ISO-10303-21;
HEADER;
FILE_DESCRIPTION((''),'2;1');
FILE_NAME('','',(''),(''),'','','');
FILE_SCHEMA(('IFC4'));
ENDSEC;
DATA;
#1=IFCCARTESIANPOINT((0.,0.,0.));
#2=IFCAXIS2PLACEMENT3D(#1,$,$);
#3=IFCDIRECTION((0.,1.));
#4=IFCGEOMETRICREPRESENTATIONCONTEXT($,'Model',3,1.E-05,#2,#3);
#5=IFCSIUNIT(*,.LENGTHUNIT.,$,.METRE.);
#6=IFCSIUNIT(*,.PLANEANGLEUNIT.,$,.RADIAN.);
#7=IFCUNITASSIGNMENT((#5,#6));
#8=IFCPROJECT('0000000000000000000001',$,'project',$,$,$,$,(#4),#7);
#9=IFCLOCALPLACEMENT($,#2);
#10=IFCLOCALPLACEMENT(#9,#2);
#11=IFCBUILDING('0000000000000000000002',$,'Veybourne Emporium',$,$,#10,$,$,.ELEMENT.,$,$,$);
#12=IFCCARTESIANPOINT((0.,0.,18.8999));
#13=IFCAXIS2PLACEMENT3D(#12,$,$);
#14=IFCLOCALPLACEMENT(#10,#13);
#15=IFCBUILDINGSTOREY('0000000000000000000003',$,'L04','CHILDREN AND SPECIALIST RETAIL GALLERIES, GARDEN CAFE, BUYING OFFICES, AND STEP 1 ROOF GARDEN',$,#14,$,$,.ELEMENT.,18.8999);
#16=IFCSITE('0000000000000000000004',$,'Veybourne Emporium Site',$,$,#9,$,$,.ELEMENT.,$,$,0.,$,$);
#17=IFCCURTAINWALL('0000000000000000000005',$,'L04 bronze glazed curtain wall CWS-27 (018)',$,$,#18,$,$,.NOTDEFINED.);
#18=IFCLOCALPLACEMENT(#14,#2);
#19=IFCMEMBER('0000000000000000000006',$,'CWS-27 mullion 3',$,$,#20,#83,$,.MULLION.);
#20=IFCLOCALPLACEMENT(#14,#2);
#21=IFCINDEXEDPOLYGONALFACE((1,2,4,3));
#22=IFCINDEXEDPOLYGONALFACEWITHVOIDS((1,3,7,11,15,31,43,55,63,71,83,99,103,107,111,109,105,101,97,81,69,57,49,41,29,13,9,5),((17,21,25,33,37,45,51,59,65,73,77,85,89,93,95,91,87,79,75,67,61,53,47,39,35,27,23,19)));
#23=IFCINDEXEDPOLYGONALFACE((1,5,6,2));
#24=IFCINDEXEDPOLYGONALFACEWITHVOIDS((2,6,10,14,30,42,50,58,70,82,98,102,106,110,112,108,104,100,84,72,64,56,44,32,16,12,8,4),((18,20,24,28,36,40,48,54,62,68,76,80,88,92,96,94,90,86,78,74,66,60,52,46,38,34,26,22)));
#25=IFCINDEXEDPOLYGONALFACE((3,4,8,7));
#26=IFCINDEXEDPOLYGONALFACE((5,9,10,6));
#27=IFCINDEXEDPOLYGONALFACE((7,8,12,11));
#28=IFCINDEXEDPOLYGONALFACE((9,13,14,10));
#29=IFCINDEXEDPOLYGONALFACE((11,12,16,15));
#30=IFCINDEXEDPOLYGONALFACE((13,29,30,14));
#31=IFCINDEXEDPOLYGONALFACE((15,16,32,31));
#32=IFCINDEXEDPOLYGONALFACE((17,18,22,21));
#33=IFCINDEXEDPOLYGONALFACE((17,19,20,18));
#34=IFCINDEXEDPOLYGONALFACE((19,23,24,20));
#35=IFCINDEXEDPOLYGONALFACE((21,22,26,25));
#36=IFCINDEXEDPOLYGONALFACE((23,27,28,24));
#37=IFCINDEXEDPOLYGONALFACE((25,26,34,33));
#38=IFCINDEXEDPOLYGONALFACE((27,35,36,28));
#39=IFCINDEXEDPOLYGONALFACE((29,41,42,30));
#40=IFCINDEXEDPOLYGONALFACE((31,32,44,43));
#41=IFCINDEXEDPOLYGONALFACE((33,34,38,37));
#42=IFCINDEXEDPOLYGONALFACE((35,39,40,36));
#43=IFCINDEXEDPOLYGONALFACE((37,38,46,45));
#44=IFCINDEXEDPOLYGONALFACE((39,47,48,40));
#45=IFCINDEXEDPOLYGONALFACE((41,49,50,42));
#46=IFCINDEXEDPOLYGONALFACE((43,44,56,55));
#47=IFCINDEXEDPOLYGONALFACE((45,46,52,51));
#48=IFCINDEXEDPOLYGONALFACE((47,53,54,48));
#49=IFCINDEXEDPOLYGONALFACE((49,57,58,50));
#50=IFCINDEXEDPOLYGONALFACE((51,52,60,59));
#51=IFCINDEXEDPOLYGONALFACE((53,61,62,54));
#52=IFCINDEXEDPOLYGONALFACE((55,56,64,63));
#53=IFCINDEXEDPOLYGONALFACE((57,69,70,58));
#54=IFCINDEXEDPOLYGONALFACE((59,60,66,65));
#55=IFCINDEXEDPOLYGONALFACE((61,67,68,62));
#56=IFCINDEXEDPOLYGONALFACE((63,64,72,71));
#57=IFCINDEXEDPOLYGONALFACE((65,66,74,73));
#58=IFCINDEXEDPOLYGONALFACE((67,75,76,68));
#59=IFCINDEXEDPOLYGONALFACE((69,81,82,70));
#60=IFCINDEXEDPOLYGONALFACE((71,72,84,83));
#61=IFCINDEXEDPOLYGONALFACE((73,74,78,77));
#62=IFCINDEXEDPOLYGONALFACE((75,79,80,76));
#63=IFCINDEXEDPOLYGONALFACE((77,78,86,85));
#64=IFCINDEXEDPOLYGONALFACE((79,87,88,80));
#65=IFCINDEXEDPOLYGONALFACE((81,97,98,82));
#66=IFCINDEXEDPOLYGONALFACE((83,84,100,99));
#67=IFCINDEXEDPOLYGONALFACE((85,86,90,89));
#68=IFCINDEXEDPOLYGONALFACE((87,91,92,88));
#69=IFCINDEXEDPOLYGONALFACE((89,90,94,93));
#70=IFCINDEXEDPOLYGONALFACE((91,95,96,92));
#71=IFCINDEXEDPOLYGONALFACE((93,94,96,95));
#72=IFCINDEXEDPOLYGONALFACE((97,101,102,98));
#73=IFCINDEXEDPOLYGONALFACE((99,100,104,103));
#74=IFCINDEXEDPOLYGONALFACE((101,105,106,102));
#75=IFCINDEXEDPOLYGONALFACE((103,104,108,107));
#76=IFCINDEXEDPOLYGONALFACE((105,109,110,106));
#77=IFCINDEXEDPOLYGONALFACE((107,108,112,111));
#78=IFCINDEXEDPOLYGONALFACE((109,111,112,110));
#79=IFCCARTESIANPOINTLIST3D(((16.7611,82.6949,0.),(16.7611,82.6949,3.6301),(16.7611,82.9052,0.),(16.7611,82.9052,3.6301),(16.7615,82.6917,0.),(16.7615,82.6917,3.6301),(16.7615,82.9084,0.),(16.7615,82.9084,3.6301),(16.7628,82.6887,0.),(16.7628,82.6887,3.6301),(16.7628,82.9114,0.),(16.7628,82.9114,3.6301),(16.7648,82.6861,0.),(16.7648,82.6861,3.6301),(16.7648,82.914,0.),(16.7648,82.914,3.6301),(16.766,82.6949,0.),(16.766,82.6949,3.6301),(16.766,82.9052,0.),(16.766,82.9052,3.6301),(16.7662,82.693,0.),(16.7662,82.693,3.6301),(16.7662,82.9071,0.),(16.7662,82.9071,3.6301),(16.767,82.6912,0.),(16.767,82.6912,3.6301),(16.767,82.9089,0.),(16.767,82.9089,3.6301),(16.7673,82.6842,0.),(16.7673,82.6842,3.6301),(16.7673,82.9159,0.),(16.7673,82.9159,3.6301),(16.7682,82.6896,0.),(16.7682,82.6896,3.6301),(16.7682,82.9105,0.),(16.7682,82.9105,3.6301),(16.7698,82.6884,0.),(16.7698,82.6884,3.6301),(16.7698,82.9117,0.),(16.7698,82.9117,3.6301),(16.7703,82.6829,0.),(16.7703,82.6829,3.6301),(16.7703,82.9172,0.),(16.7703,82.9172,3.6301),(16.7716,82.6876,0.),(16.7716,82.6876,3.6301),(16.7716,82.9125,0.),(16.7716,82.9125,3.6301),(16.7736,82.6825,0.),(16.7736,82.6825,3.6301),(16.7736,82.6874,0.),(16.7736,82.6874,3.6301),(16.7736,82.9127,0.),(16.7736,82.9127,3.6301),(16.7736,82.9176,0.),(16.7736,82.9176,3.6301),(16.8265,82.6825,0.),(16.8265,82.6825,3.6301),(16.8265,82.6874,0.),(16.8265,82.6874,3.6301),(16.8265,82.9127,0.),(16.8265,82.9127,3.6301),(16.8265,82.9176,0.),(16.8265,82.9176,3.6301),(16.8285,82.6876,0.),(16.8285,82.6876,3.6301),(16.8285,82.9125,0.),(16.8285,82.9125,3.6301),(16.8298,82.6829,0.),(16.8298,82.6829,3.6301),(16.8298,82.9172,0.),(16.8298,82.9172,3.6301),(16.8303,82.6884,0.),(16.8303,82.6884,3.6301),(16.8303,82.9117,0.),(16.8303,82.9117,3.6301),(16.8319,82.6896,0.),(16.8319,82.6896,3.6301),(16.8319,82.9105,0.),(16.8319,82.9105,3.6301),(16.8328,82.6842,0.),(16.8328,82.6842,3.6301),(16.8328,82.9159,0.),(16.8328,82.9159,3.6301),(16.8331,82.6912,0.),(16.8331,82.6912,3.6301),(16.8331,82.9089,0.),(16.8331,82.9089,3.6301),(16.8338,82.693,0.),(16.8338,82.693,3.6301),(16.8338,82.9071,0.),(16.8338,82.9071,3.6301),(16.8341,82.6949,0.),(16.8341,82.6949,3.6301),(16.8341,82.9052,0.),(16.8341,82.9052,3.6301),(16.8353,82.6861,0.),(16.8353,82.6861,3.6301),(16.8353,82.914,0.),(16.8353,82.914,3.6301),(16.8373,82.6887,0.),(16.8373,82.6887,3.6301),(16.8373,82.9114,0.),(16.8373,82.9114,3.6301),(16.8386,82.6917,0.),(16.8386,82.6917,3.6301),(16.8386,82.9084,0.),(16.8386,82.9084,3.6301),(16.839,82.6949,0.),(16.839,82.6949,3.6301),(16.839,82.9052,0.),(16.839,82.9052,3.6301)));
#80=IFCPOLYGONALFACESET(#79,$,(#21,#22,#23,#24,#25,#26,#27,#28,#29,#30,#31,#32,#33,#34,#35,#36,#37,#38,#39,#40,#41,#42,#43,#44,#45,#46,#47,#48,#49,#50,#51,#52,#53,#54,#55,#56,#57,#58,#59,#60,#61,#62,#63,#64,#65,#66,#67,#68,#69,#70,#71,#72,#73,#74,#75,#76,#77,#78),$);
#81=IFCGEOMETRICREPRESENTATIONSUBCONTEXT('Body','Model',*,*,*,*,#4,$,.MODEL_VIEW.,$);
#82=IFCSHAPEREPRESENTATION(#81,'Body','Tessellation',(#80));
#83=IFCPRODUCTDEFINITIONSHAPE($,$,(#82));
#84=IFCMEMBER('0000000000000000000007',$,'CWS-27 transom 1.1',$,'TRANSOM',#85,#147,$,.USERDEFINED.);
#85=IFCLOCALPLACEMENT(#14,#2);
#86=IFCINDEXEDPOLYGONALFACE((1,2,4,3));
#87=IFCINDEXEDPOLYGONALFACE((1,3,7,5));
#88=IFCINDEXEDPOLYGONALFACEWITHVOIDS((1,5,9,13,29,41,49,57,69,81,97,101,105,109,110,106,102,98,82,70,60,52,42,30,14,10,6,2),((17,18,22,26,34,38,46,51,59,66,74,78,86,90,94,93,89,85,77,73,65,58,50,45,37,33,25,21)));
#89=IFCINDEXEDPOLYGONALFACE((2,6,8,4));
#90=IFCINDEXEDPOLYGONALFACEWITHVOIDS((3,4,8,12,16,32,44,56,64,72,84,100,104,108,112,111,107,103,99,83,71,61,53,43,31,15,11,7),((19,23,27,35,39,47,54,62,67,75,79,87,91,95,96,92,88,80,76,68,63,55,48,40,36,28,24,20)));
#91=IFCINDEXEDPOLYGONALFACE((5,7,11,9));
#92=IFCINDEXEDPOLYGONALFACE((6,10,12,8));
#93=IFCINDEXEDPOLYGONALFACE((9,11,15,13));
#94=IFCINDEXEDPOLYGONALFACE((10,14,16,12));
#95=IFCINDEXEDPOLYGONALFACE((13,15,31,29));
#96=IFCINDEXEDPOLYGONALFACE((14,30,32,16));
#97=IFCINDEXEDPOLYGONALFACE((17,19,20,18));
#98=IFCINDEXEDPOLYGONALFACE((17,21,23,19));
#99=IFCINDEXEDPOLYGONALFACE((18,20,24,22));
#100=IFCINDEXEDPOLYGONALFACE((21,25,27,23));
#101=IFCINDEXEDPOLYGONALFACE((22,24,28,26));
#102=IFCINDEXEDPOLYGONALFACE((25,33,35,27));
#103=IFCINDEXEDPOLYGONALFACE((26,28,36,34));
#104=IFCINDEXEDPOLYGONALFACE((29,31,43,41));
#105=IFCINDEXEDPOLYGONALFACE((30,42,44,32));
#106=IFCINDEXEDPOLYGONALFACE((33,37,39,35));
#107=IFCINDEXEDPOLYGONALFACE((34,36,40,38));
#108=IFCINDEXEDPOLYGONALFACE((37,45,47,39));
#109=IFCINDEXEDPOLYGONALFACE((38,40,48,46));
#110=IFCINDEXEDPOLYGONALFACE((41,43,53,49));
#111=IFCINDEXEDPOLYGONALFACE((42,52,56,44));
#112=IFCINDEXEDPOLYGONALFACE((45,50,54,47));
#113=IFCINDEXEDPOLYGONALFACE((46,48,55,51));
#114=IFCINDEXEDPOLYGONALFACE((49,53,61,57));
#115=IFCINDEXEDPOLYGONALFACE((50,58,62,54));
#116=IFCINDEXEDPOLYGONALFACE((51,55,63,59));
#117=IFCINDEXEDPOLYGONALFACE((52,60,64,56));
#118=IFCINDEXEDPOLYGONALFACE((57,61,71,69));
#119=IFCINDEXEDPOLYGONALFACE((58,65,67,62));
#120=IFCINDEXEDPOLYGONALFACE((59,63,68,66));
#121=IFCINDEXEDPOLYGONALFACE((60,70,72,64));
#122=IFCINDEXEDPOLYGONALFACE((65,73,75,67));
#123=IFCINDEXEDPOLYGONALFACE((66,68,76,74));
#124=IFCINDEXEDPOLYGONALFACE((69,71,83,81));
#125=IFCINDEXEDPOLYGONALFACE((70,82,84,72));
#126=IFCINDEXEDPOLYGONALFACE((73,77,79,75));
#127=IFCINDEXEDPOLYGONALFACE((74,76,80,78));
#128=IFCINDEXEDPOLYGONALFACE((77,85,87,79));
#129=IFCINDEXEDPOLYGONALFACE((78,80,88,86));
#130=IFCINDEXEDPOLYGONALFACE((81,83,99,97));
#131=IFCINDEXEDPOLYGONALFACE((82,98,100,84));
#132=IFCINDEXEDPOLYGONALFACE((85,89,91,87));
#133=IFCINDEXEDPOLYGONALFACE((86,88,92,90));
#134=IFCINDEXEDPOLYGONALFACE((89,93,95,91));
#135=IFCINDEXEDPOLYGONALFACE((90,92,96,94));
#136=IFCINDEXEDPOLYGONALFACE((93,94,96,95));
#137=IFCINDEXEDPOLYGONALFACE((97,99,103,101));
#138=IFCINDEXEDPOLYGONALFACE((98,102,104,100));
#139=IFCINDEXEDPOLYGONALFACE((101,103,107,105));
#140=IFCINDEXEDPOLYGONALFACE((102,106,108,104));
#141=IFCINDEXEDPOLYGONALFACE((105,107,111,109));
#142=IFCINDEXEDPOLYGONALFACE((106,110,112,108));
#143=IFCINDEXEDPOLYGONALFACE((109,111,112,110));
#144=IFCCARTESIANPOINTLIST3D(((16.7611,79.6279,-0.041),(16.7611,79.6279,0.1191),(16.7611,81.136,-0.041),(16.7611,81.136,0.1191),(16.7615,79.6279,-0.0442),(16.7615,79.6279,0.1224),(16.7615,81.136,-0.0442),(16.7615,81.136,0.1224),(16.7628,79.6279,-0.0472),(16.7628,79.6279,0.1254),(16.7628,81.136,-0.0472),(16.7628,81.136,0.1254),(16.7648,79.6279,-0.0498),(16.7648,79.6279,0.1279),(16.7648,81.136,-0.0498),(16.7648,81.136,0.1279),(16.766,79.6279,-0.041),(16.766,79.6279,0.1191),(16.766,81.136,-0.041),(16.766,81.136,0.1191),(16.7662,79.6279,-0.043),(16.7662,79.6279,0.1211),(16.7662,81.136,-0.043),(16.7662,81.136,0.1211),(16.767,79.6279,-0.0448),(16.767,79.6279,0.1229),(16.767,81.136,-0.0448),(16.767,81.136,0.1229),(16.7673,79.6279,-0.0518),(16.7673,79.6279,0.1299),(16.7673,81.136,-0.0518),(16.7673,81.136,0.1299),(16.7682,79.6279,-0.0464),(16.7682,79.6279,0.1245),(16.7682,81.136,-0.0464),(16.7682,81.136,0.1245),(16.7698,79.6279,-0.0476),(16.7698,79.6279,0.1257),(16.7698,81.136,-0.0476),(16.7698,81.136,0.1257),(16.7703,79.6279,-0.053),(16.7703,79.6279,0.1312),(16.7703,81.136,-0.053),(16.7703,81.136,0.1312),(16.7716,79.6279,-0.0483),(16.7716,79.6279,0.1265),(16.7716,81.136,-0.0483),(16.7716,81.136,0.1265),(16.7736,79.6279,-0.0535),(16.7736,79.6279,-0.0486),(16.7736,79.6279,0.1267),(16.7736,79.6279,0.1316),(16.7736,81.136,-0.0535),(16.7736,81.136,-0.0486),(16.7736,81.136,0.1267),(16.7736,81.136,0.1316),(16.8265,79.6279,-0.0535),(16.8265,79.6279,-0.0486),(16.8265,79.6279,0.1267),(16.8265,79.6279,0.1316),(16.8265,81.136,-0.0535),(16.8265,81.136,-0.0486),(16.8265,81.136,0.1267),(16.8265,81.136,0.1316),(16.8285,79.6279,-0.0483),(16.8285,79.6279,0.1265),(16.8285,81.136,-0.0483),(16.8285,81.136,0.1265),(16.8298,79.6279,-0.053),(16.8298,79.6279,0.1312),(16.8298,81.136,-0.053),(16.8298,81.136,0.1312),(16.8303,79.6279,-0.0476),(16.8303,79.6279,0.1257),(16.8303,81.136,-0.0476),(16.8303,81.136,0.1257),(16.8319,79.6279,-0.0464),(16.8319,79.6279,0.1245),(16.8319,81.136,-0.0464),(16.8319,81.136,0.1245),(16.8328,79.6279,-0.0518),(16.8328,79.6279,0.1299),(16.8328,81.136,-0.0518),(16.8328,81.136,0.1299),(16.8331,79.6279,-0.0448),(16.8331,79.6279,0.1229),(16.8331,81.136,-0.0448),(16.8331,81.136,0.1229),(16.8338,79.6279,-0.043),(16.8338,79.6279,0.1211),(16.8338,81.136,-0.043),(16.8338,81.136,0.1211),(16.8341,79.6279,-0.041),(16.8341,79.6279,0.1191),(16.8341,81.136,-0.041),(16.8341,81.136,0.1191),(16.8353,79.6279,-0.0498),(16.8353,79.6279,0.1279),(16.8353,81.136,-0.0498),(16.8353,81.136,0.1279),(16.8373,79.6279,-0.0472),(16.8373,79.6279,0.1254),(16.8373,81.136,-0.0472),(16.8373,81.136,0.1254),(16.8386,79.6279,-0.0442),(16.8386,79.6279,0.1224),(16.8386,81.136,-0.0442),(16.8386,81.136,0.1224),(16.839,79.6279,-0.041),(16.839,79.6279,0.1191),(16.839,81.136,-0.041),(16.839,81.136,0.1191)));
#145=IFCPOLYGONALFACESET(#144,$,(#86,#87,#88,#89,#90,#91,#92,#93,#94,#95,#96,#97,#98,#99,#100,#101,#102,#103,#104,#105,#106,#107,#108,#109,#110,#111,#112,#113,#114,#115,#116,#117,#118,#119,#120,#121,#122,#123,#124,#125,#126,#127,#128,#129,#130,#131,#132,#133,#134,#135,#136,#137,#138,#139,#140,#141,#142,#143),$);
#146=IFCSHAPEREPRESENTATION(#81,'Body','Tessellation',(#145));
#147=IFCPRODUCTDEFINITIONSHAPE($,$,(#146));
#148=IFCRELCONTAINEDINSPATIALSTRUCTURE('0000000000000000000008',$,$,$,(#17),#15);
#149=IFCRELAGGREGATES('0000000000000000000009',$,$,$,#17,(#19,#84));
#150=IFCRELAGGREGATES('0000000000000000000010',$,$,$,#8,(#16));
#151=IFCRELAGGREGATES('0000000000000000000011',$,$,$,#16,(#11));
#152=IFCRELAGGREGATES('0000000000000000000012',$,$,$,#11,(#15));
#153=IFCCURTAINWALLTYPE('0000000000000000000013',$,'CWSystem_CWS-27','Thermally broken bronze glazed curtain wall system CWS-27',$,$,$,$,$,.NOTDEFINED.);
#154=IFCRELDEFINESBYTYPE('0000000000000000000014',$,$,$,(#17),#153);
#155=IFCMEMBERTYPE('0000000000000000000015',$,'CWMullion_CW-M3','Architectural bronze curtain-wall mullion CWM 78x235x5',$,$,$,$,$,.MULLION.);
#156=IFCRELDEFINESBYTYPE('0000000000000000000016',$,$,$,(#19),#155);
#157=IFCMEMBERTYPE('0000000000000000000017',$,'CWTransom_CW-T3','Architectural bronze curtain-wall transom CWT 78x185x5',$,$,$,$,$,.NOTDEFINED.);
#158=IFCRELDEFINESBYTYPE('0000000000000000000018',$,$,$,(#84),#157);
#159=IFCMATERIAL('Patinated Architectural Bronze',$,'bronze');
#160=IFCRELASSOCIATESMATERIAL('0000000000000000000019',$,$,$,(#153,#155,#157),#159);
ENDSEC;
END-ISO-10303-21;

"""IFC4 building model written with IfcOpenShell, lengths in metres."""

from ifc_helpers import new_model, si_unit, direction, frame, origin, origin_2d, place, context, subcontext, project, spatial, hollow_rectangle, extrude, material, material_profile, profile_set, type_object, element, aggregate, save


model = new_model("IFC4")

# Units and contexts
model_context = context("Model", 3, precision=1e-05, world=origin(), true_north=direction((0.0, 1.0)))
body_context = subcontext(model_context, "Body", "Model", "MODEL_VIEW")
ifc_project = project(units=[si_unit("LENGTHUNIT", "METRE"), si_unit("PLANEANGLEUNIT", "RADIAN")], contexts=[model_context])

# Site, building, storey
site_placement = place(None, origin())
site = spatial("IfcSite", under=ifc_project, at=site_placement, Name="Veybourne Emporium Site", CompositionType="ELEMENT", RefElevation=0.0)
building_placement = place(site_placement, origin())
building = spatial("IfcBuilding", under=site, at=building_placement, Name="Veybourne Emporium", CompositionType="ELEMENT")
storey_placement = place(building_placement, frame((0.0, 0.0, 18.8999)))
storey = spatial("IfcBuildingStorey", under=building, at=storey_placement, Name="L04", Description="CHILDREN AND SPECIALIST RETAIL GALLERIES, GARDEN CAFE, BUYING OFFICES, AND STEP 1 ROOF GARDEN", CompositionType="ELEMENT", Elevation=18.8999)

# Curtain wall, members
ifc_material_1 = material(Name="Patinated Architectural Bronze", Category="bronze")
curtain_wall_type = type_object("IfcCurtainWallType", Name="CWSystem_CWS-27", Description="Thermally broken bronze glazed curtain wall system CWS-27", PredefinedType="NOTDEFINED", material=ifc_material_1)
curtain_wall_placement = place(storey_placement, origin())
curtain_wall = element("IfcCurtainWall", 1, at=curtain_wall_placement, inside=storey, type_object=curtain_wall_type, Name="L04 bronze glazed curtain wall CWS-27 (018)", PredefinedType="NOTDEFINED")
ifc_material_profile_1 = material_profile(ifc_material_1, hollow_rectangle(XDim=0.0779, YDim=0.2351, WallThickness=0.0049, InnerFilletRadius=0.0076, OuterFilletRadius=0.0125, at=origin_2d()), Name="CWM 78x235x5")
ifc_profile_set_1 = profile_set([ifc_material_profile_1], Name="Patinated Architectural Bronze")
member_type_1 = type_object("IfcMemberType", Name="CWMullion_CW-M3", Description="Architectural bronze curtain-wall mullion CWM 78x235x5", PredefinedType="MULLION", material=ifc_profile_set_1)
member_1_placement = place(storey_placement, frame((16.8, 82.8, 0.0), z_axis=(0.0, 0.0, 1.0), x_axis=(-1.0, 0.0, 0.0)))
member_1 = element("IfcMember", 2, at=member_1_placement, type_object=member_type_1, Name="CWS-27 mullion 3", PredefinedType="MULLION", context=body_context, shape_type="SweptSolid", body=[
    extrude(hollow_rectangle(XDim=0.0779, YDim=0.2351, WallThickness=0.0049, InnerFilletRadius=0.0076, OuterFilletRadius=0.0125, at=origin_2d()), origin(), (0.0, 0.0, 1.0), 3.6301),
])
ifc_material_profile_2 = material_profile(ifc_material_1, hollow_rectangle(XDim=0.0779, YDim=0.1851, WallThickness=0.0049, InnerFilletRadius=0.0076, OuterFilletRadius=0.0125, at=origin_2d()), Name="CWT 78x185x5")
ifc_profile_set_2 = profile_set([ifc_material_profile_2], Name="Patinated Architectural Bronze")
member_type_2 = type_object("IfcMemberType", Name="CWTransom_CW-T3", Description="Architectural bronze curtain-wall transom CWT 78x185x5", PredefinedType="NOTDEFINED", material=ifc_profile_set_2)
member_2_placement = place(storey_placement, frame((16.8, 79.6279, 0.0391), z_axis=(0.0, 1.0, 0.0), x_axis=(-1.0, 0.0, 0.0)))
member_2 = element("IfcMember", 3, at=member_2_placement, type_object=member_type_2, Name="CWS-27 transom 1.1", ObjectType="TRANSOM", PredefinedType="USERDEFINED", context=body_context, shape_type="SweptSolid", body=[
    extrude(hollow_rectangle(XDim=0.0779, YDim=0.1851, WallThickness=0.0049, InnerFilletRadius=0.0076, OuterFilletRadius=0.0125, at=origin_2d()), origin(), (0.0, 0.0, 1.0), 1.5081),
])

aggregate(curtain_wall, [member_1, member_2])

save(model, "model.ifc")
